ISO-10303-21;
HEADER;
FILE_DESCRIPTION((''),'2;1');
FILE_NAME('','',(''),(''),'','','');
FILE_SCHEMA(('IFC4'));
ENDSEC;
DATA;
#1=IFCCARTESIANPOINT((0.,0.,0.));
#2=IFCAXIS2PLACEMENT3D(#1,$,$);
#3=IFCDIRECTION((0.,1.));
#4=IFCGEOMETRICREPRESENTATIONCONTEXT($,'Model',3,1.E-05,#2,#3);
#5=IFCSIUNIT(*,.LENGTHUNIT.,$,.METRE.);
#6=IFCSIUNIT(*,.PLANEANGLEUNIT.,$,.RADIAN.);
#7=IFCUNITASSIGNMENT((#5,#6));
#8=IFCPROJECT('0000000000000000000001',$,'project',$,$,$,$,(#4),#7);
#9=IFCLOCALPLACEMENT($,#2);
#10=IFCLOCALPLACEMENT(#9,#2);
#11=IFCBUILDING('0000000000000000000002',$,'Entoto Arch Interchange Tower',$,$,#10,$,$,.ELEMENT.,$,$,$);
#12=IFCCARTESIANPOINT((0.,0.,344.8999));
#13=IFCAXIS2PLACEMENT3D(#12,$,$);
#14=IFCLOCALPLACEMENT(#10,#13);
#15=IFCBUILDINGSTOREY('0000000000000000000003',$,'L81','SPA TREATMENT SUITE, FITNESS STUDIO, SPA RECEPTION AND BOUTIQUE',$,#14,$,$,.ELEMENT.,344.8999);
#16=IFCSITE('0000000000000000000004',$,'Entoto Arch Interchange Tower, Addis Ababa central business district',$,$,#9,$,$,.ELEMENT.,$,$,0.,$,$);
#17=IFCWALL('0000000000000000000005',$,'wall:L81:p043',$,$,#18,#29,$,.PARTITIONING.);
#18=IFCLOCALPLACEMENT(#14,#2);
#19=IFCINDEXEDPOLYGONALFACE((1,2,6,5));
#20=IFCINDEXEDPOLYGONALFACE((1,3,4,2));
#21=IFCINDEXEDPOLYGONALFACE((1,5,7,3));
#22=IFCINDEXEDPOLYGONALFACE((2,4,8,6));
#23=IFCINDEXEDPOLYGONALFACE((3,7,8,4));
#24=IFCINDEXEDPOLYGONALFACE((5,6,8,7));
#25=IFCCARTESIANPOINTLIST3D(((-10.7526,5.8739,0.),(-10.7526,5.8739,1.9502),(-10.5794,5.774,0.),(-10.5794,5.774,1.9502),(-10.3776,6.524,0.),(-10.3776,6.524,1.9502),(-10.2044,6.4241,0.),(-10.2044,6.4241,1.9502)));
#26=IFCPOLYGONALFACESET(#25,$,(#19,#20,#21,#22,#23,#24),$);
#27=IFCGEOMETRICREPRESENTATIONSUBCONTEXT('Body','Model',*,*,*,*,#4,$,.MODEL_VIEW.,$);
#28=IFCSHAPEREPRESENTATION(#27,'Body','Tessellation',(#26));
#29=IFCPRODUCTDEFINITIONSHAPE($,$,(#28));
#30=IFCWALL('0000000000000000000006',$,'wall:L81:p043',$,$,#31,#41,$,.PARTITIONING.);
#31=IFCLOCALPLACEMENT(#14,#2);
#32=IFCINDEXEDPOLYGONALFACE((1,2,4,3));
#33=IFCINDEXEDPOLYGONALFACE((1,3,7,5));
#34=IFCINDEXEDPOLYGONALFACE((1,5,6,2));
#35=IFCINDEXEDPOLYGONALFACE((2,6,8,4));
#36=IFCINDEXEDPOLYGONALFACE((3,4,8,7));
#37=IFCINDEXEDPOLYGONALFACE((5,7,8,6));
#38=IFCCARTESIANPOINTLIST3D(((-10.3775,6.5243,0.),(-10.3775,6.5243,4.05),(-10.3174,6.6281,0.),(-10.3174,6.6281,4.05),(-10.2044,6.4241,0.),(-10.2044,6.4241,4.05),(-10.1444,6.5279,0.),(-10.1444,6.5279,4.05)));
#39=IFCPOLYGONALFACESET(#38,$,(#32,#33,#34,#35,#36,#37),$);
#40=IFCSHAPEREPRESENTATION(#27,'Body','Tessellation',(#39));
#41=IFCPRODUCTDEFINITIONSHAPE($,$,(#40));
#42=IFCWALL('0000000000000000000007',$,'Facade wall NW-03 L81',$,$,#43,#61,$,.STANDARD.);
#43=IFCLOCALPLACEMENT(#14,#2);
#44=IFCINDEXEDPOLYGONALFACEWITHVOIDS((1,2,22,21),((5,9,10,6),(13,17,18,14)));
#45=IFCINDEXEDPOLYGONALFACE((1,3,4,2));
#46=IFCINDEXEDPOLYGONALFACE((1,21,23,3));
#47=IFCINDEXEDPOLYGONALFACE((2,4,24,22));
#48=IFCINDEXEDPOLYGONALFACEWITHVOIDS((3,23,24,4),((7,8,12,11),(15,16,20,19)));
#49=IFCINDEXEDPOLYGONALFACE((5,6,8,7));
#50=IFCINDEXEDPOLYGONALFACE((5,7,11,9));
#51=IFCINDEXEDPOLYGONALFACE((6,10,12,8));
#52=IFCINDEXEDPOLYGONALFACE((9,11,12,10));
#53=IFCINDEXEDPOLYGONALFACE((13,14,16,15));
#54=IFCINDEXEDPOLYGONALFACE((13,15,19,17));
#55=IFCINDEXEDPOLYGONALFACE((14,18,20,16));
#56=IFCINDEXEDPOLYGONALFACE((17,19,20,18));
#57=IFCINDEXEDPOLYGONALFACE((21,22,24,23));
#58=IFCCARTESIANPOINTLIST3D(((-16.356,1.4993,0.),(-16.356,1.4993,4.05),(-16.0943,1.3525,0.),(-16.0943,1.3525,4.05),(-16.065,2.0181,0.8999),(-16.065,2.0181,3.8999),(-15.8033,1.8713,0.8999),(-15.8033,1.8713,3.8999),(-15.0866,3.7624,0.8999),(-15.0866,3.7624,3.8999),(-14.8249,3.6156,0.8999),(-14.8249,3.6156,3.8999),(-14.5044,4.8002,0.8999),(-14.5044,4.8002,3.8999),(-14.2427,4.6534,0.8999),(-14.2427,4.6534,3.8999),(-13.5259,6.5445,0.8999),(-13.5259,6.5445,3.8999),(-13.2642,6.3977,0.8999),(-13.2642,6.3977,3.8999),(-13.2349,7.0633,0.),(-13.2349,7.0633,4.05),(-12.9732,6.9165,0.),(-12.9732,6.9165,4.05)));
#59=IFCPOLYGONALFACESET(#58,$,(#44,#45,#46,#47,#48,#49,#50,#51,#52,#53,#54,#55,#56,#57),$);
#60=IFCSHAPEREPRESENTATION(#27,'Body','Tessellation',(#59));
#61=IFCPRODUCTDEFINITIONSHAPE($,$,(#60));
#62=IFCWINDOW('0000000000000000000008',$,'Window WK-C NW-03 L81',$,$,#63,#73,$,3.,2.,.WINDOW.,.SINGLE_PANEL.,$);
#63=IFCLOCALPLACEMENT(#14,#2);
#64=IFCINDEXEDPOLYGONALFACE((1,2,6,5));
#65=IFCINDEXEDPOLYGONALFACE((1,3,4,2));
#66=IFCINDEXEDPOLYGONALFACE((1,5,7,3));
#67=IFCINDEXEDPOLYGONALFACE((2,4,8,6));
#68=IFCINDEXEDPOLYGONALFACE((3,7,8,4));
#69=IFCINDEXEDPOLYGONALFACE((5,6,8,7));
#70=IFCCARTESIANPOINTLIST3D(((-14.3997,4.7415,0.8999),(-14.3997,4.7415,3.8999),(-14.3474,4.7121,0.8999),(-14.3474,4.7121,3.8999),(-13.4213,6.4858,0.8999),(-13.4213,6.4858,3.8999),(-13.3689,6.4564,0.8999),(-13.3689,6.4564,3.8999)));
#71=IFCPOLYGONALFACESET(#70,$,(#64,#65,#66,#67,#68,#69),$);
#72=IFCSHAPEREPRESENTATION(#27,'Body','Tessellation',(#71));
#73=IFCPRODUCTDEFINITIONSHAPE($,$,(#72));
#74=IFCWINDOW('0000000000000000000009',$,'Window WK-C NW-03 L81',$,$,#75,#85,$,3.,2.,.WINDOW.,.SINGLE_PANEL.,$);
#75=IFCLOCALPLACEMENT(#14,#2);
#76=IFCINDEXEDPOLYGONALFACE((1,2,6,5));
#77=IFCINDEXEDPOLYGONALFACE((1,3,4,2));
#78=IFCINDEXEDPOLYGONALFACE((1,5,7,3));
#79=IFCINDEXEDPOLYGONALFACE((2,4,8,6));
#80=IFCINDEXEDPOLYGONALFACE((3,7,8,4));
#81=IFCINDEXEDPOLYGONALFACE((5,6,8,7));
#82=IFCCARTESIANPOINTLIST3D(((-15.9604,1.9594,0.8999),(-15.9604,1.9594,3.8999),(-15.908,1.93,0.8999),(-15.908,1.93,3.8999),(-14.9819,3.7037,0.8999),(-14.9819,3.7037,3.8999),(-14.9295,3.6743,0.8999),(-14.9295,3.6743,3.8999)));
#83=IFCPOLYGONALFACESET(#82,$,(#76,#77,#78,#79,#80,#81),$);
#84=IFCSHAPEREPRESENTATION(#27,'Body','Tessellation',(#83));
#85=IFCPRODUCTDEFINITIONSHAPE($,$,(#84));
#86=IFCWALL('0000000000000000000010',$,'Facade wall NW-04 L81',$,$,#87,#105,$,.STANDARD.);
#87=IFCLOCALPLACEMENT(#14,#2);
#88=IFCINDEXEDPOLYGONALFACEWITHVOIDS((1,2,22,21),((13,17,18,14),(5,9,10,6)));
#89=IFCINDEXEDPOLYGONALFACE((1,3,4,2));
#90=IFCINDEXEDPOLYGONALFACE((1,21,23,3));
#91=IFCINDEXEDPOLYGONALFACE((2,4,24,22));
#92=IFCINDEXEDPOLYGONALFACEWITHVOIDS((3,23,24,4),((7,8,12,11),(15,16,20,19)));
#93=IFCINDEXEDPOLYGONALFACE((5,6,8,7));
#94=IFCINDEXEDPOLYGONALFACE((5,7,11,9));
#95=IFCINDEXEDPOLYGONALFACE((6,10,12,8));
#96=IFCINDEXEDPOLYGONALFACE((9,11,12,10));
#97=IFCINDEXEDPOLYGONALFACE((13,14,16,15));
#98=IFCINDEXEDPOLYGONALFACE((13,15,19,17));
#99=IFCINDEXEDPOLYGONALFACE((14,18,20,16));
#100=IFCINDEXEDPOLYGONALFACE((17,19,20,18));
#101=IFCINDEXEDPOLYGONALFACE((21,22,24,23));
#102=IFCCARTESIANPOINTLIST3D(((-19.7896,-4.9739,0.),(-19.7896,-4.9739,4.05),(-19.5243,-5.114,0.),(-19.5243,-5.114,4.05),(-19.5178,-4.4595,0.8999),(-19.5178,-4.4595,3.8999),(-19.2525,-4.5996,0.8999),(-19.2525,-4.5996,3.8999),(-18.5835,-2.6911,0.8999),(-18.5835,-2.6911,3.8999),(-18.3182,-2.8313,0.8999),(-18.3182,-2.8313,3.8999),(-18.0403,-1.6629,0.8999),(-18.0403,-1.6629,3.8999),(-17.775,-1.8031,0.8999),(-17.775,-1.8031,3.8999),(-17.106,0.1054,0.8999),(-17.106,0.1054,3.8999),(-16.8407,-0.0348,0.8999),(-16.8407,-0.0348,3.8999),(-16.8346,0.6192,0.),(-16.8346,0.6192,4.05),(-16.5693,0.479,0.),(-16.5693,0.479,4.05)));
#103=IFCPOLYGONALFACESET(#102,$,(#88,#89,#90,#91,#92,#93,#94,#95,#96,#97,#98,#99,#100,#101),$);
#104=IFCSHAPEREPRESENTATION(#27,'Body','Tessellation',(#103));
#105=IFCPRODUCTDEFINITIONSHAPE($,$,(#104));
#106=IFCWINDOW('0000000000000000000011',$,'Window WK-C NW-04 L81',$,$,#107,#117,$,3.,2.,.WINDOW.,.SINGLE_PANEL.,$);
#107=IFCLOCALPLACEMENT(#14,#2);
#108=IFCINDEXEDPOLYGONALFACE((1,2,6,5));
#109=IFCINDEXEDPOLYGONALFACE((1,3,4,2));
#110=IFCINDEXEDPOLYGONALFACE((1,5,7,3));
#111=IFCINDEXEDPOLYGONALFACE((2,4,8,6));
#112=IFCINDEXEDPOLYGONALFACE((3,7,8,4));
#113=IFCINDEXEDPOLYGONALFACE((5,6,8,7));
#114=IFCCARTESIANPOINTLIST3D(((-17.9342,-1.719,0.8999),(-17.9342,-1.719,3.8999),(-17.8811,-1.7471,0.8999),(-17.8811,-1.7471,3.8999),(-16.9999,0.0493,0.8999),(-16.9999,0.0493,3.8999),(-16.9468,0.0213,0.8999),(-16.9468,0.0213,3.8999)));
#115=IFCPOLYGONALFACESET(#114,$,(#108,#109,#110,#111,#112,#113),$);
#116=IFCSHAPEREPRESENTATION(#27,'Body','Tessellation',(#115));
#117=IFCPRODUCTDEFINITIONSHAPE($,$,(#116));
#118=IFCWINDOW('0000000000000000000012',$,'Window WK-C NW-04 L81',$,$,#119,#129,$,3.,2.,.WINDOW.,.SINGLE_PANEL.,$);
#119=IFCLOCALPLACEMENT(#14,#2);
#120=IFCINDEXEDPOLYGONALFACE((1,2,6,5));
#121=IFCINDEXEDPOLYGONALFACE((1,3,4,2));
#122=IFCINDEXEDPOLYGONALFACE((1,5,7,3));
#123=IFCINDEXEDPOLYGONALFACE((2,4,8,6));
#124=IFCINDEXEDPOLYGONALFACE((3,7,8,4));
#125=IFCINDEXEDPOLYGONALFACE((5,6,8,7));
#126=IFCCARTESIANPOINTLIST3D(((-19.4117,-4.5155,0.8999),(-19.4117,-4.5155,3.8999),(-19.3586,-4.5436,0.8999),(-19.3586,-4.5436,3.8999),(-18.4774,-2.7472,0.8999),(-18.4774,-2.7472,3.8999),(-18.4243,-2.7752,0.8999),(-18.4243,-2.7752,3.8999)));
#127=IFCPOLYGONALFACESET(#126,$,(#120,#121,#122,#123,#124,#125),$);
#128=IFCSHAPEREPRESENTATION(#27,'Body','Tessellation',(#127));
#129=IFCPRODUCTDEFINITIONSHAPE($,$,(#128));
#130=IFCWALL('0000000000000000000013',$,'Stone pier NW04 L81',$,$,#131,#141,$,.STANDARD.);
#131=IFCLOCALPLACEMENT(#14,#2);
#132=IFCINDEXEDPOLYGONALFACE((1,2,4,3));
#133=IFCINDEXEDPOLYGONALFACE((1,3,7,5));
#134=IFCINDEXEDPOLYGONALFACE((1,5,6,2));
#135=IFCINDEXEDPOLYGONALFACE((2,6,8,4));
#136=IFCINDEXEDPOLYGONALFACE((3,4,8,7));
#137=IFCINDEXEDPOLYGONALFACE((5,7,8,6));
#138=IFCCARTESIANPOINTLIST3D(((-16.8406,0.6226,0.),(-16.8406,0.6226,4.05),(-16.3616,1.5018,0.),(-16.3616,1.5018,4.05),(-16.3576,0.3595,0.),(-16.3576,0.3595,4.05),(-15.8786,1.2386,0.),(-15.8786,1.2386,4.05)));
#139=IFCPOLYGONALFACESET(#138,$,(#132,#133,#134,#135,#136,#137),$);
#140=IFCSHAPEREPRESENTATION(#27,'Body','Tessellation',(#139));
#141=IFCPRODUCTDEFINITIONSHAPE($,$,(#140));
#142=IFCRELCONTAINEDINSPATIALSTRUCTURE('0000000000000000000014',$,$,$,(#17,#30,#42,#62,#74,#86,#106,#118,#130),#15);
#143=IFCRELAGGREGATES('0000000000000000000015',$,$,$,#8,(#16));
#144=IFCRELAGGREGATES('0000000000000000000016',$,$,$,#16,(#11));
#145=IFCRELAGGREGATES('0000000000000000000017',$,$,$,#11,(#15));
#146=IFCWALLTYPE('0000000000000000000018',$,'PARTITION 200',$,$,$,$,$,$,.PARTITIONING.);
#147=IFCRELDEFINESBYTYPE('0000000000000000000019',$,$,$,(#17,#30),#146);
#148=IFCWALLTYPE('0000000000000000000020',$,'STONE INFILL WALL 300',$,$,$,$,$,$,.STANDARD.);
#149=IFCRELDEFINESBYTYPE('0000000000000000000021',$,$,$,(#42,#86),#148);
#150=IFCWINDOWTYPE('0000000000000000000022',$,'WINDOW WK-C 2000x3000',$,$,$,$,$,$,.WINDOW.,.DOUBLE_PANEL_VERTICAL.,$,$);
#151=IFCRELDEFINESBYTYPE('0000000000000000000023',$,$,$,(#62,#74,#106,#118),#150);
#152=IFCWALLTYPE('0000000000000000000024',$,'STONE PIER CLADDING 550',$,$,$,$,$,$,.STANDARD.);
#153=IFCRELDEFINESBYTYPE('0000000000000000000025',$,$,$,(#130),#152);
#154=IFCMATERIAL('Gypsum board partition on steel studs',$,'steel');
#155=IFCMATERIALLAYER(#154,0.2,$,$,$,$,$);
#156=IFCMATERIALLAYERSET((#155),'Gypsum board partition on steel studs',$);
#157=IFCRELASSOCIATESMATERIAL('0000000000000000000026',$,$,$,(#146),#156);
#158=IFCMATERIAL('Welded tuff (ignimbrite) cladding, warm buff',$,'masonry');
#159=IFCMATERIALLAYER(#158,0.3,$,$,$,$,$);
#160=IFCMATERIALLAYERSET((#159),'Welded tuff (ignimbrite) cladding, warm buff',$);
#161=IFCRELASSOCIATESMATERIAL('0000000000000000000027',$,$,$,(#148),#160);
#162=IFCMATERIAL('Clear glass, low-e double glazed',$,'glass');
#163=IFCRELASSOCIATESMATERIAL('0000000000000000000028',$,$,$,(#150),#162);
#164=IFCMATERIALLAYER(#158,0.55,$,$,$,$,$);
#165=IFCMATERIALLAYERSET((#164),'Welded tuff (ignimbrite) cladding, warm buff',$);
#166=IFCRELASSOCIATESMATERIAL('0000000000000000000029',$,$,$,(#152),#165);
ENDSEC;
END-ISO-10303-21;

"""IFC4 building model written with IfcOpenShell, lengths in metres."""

from ifc_helpers import new_model, si_unit, direction, frame, frame_2d, origin, place, context, subcontext, project, spatial, rectangle, extrude, material, layer, layer_set, type_object, element, fill, save


model = new_model("IFC4")

# Units and contexts
model_context = context("Model", 3, precision=1e-05, world=origin(), true_north=direction((0.0, 1.0)))
body_context = subcontext(model_context, "Body", "Model", "MODEL_VIEW")
ifc_project = project(units=[si_unit("LENGTHUNIT", "METRE"), si_unit("PLANEANGLEUNIT", "RADIAN")], contexts=[model_context])

# Site, building, storey
site_placement = place(None, origin())
site = spatial("IfcSite", under=ifc_project, at=site_placement, Name="Entoto Arch Interchange Tower, Addis Ababa central business district", CompositionType="ELEMENT", RefElevation=0.0)
building_placement = place(site_placement, origin())
building = spatial("IfcBuilding", under=site, at=building_placement, Name="Entoto Arch Interchange Tower", CompositionType="ELEMENT")
storey_placement = place(building_placement, frame((0.0, 0.0, 344.8999)))
storey = spatial("IfcBuildingStorey", under=building, at=storey_placement, Name="L81", Description="SPA TREATMENT SUITE, FITNESS STUDIO, SPA RECEPTION AND BOUTIQUE", CompositionType="ELEMENT", Elevation=344.8999)

# Shared definitions
ifc_material_1 = material(Name="Gypsum board partition on steel studs", Category="steel")
ifc_layer_1 = layer(ifc_material_1, 0.2)
ifc_layer_set_1 = layer_set([ifc_layer_1], Name="Gypsum board partition on steel studs")
wall_type_1 = type_object("IfcWallType", Name="PARTITION 200", PredefinedType="PARTITIONING", material=ifc_layer_set_1)

# Walls
wall_1_placement = place(storey_placement, frame((-10.666, 5.824, 0.0), z_axis=(0.0, 0.0, 1.0), x_axis=(0.499638, 0.866234, 0.0)))
element("IfcWall", 1, at=wall_1_placement, inside=storey, type_object=wall_type_1, Name="wall:L81:p043", PredefinedType="PARTITIONING", context=body_context, shape_type="SweptSolid", body=[
    extrude(rectangle(XDim=0.7505, YDim=0.2, at=frame_2d((0.3752, 0.0))), origin(), (0.0, 0.0, 1.0), 1.9502),
])
wall_2_placement = place(storey_placement, frame((-10.291, 6.4741, 0.0), z_axis=(0.0, 0.0, 1.0), x_axis=(0.500956, 0.865473, 0.0)))
element("IfcWall", 2, at=wall_2_placement, inside=storey, type_object=wall_type_1, Name="wall:L81:p043", PredefinedType="PARTITIONING", context=body_context, shape_type="SweptSolid", body=[
    extrude(rectangle(XDim=0.1199, YDim=0.2, at=frame_2d((0.0601, 0.0))), origin(), (0.0, 0.0, 1.0), 4.05),
])

# Walls, openings, windows
ifc_material_2 = material(Name="Welded tuff (ignimbrite) cladding, warm buff", Category="masonry")
ifc_layer_2 = layer(ifc_material_2, 0.3)
ifc_layer_set_2 = layer_set([ifc_layer_2], Name="Welded tuff (ignimbrite) cladding, warm buff")
wall_type_2 = type_object("IfcWallType", Name="STONE INFILL WALL 300", PredefinedType="STANDARD", material=ifc_layer_set_2)
wall_3_placement = place(storey_placement, frame((-13.104, 6.99, 0.0), z_axis=(0.0, 0.0, 1.0), x_axis=(-0.489233, -0.872153, 0.0)))
wall_3 = element("IfcWall", 3, at=wall_3_placement, inside=storey, type_object=wall_type_2, Name="Facade wall NW-03 L81", PredefinedType="STANDARD", context=body_context, shape_type="SweptSolid", body=[
    extrude(rectangle(XDim=6.3796, YDim=0.3, at=frame_2d((3.1899, 0.0))), origin(), (0.0, 0.0, 1.0), 4.05),
])
opening_1_placement = place(wall_3_placement, frame((0.595, 0.0, 0.8999)))
opening_1 = element("IfcOpeningElement", 4, at=opening_1_placement, cuts=wall_3, PredefinedType="OPENING", context=body_context, shape_type="SweptSolid", body=[
    extrude(rectangle(XDim=2.0, YDim=3.0, at=frame_2d((1.0, 1.5))), frame((0.0, 0.1602, 0.0), z_axis=(0.0, -1.0, 0.0), x_axis=(1.0, 0.0, 0.0)), (0.0, 0.0, 1.0), 0.3201),
])
opening_2_placement = place(wall_3_placement, frame((3.7849, 0.0, 0.8999)))
opening_2 = element("IfcOpeningElement", 5, at=opening_2_placement, cuts=wall_3, PredefinedType="OPENING", context=body_context, shape_type="SweptSolid", body=[
    extrude(rectangle(XDim=2.0, YDim=3.0, at=frame_2d((1.0, 1.5))), frame((0.0, 0.1602, 0.0), z_axis=(0.0, -1.0, 0.0), x_axis=(1.0, 0.0, 0.0)), (0.0, 0.0, 1.0), 0.3201),
])
ifc_material_3 = material(Name="Clear glass, low-e double glazed", Category="glass")
window_type = type_object("IfcWindowType", Name="WINDOW WK-C 2000x3000", PartitioningType="DOUBLE_PANEL_VERTICAL", PredefinedType="WINDOW", material=ifc_material_3)
window_1_placement = place(opening_1_placement, origin())
window_1 = element("IfcWindow", 6, at=window_1_placement, inside=storey, type_object=window_type, Name="Window WK-C NW-03 L81", OverallHeight=3.0, OverallWidth=2.0, PartitioningType="SINGLE_PANEL", PredefinedType="WINDOW", context=body_context, shape_type="SweptSolid", body=[
    extrude(rectangle(XDim=2.0, YDim=3.0, at=frame_2d((1.0, 1.5))), frame((0.0, 0.03, 0.0), z_axis=(0.0, -1.0, 0.0), x_axis=(1.0, 0.0, 0.0)), (0.0, 0.0, 1.0), 0.0601),
])
fill(opening_1, window_1)
window_2_placement = place(opening_2_placement, origin())
window_2 = element("IfcWindow", 7, at=window_2_placement, inside=storey, type_object=window_type, Name="Window WK-C NW-03 L81", OverallHeight=3.0, OverallWidth=2.0, PartitioningType="SINGLE_PANEL", PredefinedType="WINDOW", context=body_context, shape_type="SweptSolid", body=[
    extrude(rectangle(XDim=2.0, YDim=3.0, at=frame_2d((1.0, 1.5))), frame((0.0, 0.03, 0.0), z_axis=(0.0, -1.0, 0.0), x_axis=(1.0, 0.0, 0.0)), (0.0, 0.0, 1.0), 0.0601),
])
fill(opening_2, window_2)
wall_4_placement = place(storey_placement, frame((-16.7019, 0.5491, 0.0), z_axis=(0.0, 0.0, 1.0), x_axis=(-0.467155, -0.884175, 0.0)))
wall_4 = element("IfcWall", 8, at=wall_4_placement, inside=storey, type_object=wall_type_2, Name="Facade wall NW-04 L81", PredefinedType="STANDARD", context=body_context, shape_type="SweptSolid", body=[
    extrude(rectangle(XDim=6.3257, YDim=0.3, at=frame_2d((3.1628, 0.0))), origin(), (0.0, 0.0, 1.0), 4.05),
])
opening_3_placement = place(wall_4_placement, frame((0.5811, 0.0, 0.8999)))
opening_3 = element("IfcOpeningElement", 9, at=opening_3_placement, cuts=wall_4, PredefinedType="OPENING", context=body_context, shape_type="SweptSolid", body=[
    extrude(rectangle(XDim=2.0, YDim=3.0, at=frame_2d((1.0, 1.5))), frame((0.0, 0.1602, 0.0), z_axis=(0.0, -1.0, 0.0), x_axis=(1.0, 0.0, 0.0)), (0.0, 0.0, 1.0), 0.3201),
])
opening_4_placement = place(wall_4_placement, frame((3.7439, 0.0, 0.8999)))
opening_4 = element("IfcOpeningElement", 10, at=opening_4_placement, cuts=wall_4, PredefinedType="OPENING", context=body_context, shape_type="SweptSolid", body=[
    extrude(rectangle(XDim=2.0, YDim=3.0, at=frame_2d((1.0, 1.5))), frame((0.0, 0.1602, 0.0), z_axis=(0.0, -1.0, 0.0), x_axis=(1.0, 0.0, 0.0)), (0.0, 0.0, 1.0), 0.3201),
])
window_3_placement = place(opening_3_placement, origin())
window_3 = element("IfcWindow", 11, at=window_3_placement, inside=storey, type_object=window_type, Name="Window WK-C NW-04 L81", OverallHeight=3.0, OverallWidth=2.0, PartitioningType="SINGLE_PANEL", PredefinedType="WINDOW", context=body_context, shape_type="SweptSolid", body=[
    extrude(rectangle(XDim=2.0, YDim=3.0, at=frame_2d((1.0, 1.5))), frame((0.0, 0.03, 0.0), z_axis=(0.0, -1.0, 0.0), x_axis=(1.0, 0.0, 0.0)), (0.0, 0.0, 1.0), 0.0601),
])
fill(opening_3, window_3)
window_4_placement = place(opening_4_placement, origin())
window_4 = element("IfcWindow", 12, at=window_4_placement, inside=storey, type_object=window_type, Name="Window WK-C NW-04 L81", OverallHeight=3.0, OverallWidth=2.0, PartitioningType="SINGLE_PANEL", PredefinedType="WINDOW", context=body_context, shape_type="SweptSolid", body=[
    extrude(rectangle(XDim=2.0, YDim=3.0, at=frame_2d((1.0, 1.5))), frame((0.0, 0.03, 0.0), z_axis=(0.0, -1.0, 0.0), x_axis=(1.0, 0.0, 0.0)), (0.0, 0.0, 1.0), 0.0601),
])
fill(opening_4, window_4)

# Wall
ifc_layer_3 = layer(ifc_material_2, 0.55)
ifc_layer_set_3 = layer_set([ifc_layer_3], Name="Welded tuff (ignimbrite) cladding, warm buff")
wall_type_3 = type_object("IfcWallType", Name="STONE PIER CLADDING 550", PredefinedType="STANDARD", material=ifc_layer_set_3)
wall_5_placement = place(storey_placement, frame((-16.1201, 1.3701, 0.0), z_axis=(0.0, 0.0, 1.0), x_axis=(-0.478442, -0.878119, 0.0)))
element("IfcWall", 13, at=wall_5_placement, inside=storey, type_object=wall_type_3, Name="Stone pier NW04 L81", PredefinedType="STANDARD", context=body_context, shape_type="SweptSolid", body=[
    extrude(rectangle(XDim=1.0012, YDim=0.55, at=frame_2d((0.5005, 0.0))), origin(), (0.0, 0.0, 1.0), 4.05),
])

save(model, "model.ifc")
